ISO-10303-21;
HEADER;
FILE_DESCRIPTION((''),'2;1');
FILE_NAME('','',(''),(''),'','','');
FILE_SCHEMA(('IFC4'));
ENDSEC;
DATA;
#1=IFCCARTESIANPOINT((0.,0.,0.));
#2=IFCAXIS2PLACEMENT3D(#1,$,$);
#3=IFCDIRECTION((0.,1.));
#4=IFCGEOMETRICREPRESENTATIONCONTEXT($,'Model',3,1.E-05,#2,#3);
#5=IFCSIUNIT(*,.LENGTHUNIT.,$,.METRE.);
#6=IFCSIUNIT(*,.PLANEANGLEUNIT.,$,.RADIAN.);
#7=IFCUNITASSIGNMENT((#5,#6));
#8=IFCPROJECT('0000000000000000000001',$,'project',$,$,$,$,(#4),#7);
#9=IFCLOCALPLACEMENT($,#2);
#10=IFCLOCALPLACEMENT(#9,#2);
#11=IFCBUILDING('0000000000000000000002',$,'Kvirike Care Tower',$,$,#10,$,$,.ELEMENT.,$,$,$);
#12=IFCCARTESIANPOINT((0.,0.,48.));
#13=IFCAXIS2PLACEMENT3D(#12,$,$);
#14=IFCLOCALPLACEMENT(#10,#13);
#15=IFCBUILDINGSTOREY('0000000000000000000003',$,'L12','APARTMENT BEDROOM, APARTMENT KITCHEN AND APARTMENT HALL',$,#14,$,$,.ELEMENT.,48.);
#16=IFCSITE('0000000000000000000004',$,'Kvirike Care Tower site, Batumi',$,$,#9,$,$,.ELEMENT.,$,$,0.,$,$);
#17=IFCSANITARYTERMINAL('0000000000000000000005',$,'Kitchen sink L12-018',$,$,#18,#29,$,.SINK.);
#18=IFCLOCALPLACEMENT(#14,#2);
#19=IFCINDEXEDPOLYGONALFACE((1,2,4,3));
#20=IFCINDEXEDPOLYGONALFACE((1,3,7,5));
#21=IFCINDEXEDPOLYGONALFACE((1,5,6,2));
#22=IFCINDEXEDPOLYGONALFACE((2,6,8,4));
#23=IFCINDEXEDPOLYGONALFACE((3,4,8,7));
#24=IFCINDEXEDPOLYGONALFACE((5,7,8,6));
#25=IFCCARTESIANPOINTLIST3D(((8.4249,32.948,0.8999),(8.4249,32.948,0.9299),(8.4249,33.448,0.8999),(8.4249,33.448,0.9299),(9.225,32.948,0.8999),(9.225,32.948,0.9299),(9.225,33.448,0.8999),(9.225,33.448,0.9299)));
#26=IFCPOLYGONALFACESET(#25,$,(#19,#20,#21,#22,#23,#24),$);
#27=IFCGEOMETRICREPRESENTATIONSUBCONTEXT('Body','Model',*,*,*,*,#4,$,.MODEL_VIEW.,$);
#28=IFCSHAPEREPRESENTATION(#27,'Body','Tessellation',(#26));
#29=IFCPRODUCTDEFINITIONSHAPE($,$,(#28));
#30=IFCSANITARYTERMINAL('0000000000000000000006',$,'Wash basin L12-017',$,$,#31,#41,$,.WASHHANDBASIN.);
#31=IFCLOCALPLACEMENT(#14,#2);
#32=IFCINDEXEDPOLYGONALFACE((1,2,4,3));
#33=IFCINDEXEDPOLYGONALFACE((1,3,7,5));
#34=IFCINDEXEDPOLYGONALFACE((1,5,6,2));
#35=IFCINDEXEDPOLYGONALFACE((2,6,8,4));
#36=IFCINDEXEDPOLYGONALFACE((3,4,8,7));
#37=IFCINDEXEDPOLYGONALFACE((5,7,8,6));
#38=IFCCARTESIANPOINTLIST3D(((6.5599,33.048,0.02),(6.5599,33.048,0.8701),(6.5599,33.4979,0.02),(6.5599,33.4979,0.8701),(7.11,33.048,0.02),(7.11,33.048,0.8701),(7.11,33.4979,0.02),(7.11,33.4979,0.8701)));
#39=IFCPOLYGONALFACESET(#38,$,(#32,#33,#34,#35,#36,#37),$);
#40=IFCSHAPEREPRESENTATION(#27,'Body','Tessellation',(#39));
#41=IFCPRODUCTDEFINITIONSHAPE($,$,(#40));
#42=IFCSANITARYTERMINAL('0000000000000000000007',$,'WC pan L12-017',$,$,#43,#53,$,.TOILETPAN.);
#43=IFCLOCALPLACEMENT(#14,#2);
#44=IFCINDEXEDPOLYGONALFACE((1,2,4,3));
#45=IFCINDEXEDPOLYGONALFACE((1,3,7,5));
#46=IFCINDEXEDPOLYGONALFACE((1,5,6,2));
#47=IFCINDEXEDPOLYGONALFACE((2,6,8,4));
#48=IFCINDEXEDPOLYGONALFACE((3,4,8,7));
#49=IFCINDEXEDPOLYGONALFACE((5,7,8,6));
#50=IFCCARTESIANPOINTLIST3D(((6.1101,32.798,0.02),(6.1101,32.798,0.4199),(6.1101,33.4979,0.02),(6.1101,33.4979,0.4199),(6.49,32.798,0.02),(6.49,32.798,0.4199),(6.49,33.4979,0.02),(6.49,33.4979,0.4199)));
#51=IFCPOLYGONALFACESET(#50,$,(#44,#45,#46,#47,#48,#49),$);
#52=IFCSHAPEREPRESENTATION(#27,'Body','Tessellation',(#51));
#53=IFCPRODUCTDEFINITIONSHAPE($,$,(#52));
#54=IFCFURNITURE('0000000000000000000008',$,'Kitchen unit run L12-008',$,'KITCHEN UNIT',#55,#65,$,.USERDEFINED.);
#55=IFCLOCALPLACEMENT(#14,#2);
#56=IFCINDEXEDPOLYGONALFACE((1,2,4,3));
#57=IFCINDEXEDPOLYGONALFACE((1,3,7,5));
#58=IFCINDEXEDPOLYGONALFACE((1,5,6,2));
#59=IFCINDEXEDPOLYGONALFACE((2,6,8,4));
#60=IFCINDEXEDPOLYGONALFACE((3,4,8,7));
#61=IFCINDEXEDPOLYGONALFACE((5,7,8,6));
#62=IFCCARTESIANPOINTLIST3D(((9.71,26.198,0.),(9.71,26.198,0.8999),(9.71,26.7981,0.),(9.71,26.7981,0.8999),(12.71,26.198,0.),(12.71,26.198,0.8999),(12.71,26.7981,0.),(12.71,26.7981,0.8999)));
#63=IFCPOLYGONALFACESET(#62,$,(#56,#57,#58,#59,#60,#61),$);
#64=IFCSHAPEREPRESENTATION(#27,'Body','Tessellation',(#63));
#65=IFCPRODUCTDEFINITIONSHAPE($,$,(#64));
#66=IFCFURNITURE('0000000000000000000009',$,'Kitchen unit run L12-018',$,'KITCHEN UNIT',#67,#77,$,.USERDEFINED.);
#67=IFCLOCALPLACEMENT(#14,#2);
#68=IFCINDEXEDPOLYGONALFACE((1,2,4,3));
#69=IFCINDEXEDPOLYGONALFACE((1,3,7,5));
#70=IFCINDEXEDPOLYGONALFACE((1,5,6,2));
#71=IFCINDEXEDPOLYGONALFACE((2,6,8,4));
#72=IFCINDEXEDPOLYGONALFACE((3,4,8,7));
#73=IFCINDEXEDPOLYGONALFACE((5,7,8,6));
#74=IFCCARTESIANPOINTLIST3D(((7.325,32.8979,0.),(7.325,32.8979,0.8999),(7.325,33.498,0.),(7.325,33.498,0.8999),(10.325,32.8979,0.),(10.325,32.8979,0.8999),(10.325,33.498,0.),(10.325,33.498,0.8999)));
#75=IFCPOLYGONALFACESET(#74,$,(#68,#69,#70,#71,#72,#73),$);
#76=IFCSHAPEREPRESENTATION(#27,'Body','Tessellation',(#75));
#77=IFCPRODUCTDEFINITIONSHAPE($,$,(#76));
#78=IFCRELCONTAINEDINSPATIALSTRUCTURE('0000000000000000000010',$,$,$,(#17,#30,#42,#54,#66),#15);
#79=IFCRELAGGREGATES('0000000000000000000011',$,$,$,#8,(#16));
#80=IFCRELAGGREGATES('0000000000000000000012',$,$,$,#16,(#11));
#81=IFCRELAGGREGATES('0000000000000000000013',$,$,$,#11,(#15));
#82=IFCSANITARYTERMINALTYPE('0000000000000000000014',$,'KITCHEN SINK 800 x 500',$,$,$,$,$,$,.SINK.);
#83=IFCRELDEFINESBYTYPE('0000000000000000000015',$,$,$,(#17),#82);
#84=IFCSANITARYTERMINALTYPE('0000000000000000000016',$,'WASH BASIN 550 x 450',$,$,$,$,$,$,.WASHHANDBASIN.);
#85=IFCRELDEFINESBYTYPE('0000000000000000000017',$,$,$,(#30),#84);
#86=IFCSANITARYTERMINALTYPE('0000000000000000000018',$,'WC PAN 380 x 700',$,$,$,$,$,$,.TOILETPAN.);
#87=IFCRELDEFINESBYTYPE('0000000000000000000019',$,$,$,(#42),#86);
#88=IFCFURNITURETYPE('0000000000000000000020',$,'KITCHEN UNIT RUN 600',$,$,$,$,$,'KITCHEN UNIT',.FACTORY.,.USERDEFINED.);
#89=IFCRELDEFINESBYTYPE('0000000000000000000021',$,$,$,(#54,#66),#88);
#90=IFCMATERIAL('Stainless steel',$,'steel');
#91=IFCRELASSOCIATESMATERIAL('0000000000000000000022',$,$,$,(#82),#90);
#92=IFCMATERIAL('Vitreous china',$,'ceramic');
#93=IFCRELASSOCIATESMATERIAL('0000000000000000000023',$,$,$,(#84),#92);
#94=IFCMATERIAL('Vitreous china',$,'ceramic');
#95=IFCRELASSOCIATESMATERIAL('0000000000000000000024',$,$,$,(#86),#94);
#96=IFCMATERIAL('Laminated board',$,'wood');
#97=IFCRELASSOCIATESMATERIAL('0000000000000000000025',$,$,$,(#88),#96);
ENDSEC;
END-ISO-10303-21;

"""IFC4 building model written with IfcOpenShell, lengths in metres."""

from ifc_helpers import new_model, si_unit, direction, frame, origin, origin_2d, place, context, subcontext, project, spatial, rectangle, extrude, material, type_object, element, save


model = new_model("IFC4")

# Units and contexts
model_context = context("Model", 3, precision=1e-05, world=origin(), true_north=direction((0.0, 1.0)))
body_context = subcontext(model_context, "Body", "Model", "MODEL_VIEW")
ifc_project = project(units=[si_unit("LENGTHUNIT", "METRE"), si_unit("PLANEANGLEUNIT", "RADIAN")], contexts=[model_context])

# Site, building, storey
site_placement = place(None, origin())
site = spatial("IfcSite", under=ifc_project, at=site_placement, Name="Kvirike Care Tower site, Batumi", CompositionType="ELEMENT", RefElevation=0.0)
building_placement = place(site_placement, origin())
building = spatial("IfcBuilding", under=site, at=building_placement, Name="Kvirike Care Tower", CompositionType="ELEMENT")
storey_placement = place(building_placement, frame((0.0, 0.0, 48.0)))
storey = spatial("IfcBuildingStorey", under=building, at=storey_placement, Name="L12", Description="APARTMENT BEDROOM, APARTMENT KITCHEN AND APARTMENT HALL", CompositionType="ELEMENT", Elevation=48.0)

# Sanitary terminals
ifc_material_1 = material(Name="Stainless steel", Category="steel")
sanitary_terminal_type_1 = type_object("IfcSanitaryTerminalType", Name="KITCHEN SINK 800 x 500", PredefinedType="SINK", material=ifc_material_1)
for number, where, z_axis, x_axis, name in (
    (1, (8.825, 33.198, 0.8999), (0.0, 0.0, 1.0), (1.0, 0.0, 0.0), "Kitchen sink L12-018"),
):
    element("IfcSanitaryTerminal", number, at=place(storey_placement, frame(where, z_axis=z_axis, x_axis=x_axis)), inside=storey, type_object=sanitary_terminal_type_1, Name=name, PredefinedType="SINK", context=body_context, shape_type="SweptSolid", body=[
        extrude(rectangle(XDim=0.8, YDim=0.5, at=origin_2d()), origin(), (0.0, 0.0, 1.0), 0.03),
    ])
ifc_material_2 = material(Name="Vitreous china", Category="ceramic")
sanitary_terminal_type_2 = type_object("IfcSanitaryTerminalType", Name="WASH BASIN 550 x 450", PredefinedType="WASHHANDBASIN", material=ifc_material_2)
sanitary_terminal_1_placement = place(storey_placement, frame((6.835, 33.2729, 0.02), z_axis=(0.0, 0.0, 1.0), x_axis=(1.0, 0.0, 0.0)))
element("IfcSanitaryTerminal", 2, at=sanitary_terminal_1_placement, inside=storey, type_object=sanitary_terminal_type_2, Name="Wash basin L12-017", PredefinedType="WASHHANDBASIN", context=body_context, shape_type="SweptSolid", body=[
    extrude(rectangle(XDim=0.55, YDim=0.45, at=origin_2d()), origin(), (0.0, 0.0, 1.0), 0.8501),
])
ifc_material_3 = material(Name="Vitreous china", Category="ceramic")
sanitary_terminal_type_3 = type_object("IfcSanitaryTerminalType", Name="WC PAN 380 x 700", PredefinedType="TOILETPAN", material=ifc_material_3)
sanitary_terminal_2_placement = place(storey_placement, frame((6.3, 33.1479, 0.02), z_axis=(0.0, 0.0, 1.0), x_axis=(1.0, 0.0, 0.0)))
element("IfcSanitaryTerminal", 3, at=sanitary_terminal_2_placement, inside=storey, type_object=sanitary_terminal_type_3, Name="WC pan L12-017", PredefinedType="TOILETPAN", context=body_context, shape_type="SweptSolid", body=[
    extrude(rectangle(XDim=0.3799, YDim=0.7, at=origin_2d()), origin(), (0.0, 0.0, 1.0), 0.3999),
])

# Furniture
ifc_material_4 = material(Name="Laminated board", Category="wood")
furniture_type = type_object("IfcFurnitureType", Name="KITCHEN UNIT RUN 600", ElementType="KITCHEN UNIT", AssemblyPlace="FACTORY", PredefinedType="USERDEFINED", material=ifc_material_4)
for number, where, z_axis, x_axis, name in (
    (4, (11.21, 26.498, 0.0), (0.0, 0.0, 1.0), (1.0, 0.0, 0.0), "Kitchen unit run L12-008"),
    (5, (8.825, 33.198, 0.0), (0.0, 0.0, 1.0), (1.0, 0.0, 0.0), "Kitchen unit run L12-018"),
):
    element("IfcFurniture", number, at=place(storey_placement, frame(where, z_axis=z_axis, x_axis=x_axis)), inside=storey, type_object=furniture_type, Name=name, ObjectType="KITCHEN UNIT", PredefinedType="USERDEFINED", context=body_context, shape_type="SweptSolid", body=[
        extrude(rectangle(XDim=3.0, YDim=0.6001, at=origin_2d()), origin(), (0.0, 0.0, 1.0), 0.8999),
    ])

save(model, "model.ifc")
